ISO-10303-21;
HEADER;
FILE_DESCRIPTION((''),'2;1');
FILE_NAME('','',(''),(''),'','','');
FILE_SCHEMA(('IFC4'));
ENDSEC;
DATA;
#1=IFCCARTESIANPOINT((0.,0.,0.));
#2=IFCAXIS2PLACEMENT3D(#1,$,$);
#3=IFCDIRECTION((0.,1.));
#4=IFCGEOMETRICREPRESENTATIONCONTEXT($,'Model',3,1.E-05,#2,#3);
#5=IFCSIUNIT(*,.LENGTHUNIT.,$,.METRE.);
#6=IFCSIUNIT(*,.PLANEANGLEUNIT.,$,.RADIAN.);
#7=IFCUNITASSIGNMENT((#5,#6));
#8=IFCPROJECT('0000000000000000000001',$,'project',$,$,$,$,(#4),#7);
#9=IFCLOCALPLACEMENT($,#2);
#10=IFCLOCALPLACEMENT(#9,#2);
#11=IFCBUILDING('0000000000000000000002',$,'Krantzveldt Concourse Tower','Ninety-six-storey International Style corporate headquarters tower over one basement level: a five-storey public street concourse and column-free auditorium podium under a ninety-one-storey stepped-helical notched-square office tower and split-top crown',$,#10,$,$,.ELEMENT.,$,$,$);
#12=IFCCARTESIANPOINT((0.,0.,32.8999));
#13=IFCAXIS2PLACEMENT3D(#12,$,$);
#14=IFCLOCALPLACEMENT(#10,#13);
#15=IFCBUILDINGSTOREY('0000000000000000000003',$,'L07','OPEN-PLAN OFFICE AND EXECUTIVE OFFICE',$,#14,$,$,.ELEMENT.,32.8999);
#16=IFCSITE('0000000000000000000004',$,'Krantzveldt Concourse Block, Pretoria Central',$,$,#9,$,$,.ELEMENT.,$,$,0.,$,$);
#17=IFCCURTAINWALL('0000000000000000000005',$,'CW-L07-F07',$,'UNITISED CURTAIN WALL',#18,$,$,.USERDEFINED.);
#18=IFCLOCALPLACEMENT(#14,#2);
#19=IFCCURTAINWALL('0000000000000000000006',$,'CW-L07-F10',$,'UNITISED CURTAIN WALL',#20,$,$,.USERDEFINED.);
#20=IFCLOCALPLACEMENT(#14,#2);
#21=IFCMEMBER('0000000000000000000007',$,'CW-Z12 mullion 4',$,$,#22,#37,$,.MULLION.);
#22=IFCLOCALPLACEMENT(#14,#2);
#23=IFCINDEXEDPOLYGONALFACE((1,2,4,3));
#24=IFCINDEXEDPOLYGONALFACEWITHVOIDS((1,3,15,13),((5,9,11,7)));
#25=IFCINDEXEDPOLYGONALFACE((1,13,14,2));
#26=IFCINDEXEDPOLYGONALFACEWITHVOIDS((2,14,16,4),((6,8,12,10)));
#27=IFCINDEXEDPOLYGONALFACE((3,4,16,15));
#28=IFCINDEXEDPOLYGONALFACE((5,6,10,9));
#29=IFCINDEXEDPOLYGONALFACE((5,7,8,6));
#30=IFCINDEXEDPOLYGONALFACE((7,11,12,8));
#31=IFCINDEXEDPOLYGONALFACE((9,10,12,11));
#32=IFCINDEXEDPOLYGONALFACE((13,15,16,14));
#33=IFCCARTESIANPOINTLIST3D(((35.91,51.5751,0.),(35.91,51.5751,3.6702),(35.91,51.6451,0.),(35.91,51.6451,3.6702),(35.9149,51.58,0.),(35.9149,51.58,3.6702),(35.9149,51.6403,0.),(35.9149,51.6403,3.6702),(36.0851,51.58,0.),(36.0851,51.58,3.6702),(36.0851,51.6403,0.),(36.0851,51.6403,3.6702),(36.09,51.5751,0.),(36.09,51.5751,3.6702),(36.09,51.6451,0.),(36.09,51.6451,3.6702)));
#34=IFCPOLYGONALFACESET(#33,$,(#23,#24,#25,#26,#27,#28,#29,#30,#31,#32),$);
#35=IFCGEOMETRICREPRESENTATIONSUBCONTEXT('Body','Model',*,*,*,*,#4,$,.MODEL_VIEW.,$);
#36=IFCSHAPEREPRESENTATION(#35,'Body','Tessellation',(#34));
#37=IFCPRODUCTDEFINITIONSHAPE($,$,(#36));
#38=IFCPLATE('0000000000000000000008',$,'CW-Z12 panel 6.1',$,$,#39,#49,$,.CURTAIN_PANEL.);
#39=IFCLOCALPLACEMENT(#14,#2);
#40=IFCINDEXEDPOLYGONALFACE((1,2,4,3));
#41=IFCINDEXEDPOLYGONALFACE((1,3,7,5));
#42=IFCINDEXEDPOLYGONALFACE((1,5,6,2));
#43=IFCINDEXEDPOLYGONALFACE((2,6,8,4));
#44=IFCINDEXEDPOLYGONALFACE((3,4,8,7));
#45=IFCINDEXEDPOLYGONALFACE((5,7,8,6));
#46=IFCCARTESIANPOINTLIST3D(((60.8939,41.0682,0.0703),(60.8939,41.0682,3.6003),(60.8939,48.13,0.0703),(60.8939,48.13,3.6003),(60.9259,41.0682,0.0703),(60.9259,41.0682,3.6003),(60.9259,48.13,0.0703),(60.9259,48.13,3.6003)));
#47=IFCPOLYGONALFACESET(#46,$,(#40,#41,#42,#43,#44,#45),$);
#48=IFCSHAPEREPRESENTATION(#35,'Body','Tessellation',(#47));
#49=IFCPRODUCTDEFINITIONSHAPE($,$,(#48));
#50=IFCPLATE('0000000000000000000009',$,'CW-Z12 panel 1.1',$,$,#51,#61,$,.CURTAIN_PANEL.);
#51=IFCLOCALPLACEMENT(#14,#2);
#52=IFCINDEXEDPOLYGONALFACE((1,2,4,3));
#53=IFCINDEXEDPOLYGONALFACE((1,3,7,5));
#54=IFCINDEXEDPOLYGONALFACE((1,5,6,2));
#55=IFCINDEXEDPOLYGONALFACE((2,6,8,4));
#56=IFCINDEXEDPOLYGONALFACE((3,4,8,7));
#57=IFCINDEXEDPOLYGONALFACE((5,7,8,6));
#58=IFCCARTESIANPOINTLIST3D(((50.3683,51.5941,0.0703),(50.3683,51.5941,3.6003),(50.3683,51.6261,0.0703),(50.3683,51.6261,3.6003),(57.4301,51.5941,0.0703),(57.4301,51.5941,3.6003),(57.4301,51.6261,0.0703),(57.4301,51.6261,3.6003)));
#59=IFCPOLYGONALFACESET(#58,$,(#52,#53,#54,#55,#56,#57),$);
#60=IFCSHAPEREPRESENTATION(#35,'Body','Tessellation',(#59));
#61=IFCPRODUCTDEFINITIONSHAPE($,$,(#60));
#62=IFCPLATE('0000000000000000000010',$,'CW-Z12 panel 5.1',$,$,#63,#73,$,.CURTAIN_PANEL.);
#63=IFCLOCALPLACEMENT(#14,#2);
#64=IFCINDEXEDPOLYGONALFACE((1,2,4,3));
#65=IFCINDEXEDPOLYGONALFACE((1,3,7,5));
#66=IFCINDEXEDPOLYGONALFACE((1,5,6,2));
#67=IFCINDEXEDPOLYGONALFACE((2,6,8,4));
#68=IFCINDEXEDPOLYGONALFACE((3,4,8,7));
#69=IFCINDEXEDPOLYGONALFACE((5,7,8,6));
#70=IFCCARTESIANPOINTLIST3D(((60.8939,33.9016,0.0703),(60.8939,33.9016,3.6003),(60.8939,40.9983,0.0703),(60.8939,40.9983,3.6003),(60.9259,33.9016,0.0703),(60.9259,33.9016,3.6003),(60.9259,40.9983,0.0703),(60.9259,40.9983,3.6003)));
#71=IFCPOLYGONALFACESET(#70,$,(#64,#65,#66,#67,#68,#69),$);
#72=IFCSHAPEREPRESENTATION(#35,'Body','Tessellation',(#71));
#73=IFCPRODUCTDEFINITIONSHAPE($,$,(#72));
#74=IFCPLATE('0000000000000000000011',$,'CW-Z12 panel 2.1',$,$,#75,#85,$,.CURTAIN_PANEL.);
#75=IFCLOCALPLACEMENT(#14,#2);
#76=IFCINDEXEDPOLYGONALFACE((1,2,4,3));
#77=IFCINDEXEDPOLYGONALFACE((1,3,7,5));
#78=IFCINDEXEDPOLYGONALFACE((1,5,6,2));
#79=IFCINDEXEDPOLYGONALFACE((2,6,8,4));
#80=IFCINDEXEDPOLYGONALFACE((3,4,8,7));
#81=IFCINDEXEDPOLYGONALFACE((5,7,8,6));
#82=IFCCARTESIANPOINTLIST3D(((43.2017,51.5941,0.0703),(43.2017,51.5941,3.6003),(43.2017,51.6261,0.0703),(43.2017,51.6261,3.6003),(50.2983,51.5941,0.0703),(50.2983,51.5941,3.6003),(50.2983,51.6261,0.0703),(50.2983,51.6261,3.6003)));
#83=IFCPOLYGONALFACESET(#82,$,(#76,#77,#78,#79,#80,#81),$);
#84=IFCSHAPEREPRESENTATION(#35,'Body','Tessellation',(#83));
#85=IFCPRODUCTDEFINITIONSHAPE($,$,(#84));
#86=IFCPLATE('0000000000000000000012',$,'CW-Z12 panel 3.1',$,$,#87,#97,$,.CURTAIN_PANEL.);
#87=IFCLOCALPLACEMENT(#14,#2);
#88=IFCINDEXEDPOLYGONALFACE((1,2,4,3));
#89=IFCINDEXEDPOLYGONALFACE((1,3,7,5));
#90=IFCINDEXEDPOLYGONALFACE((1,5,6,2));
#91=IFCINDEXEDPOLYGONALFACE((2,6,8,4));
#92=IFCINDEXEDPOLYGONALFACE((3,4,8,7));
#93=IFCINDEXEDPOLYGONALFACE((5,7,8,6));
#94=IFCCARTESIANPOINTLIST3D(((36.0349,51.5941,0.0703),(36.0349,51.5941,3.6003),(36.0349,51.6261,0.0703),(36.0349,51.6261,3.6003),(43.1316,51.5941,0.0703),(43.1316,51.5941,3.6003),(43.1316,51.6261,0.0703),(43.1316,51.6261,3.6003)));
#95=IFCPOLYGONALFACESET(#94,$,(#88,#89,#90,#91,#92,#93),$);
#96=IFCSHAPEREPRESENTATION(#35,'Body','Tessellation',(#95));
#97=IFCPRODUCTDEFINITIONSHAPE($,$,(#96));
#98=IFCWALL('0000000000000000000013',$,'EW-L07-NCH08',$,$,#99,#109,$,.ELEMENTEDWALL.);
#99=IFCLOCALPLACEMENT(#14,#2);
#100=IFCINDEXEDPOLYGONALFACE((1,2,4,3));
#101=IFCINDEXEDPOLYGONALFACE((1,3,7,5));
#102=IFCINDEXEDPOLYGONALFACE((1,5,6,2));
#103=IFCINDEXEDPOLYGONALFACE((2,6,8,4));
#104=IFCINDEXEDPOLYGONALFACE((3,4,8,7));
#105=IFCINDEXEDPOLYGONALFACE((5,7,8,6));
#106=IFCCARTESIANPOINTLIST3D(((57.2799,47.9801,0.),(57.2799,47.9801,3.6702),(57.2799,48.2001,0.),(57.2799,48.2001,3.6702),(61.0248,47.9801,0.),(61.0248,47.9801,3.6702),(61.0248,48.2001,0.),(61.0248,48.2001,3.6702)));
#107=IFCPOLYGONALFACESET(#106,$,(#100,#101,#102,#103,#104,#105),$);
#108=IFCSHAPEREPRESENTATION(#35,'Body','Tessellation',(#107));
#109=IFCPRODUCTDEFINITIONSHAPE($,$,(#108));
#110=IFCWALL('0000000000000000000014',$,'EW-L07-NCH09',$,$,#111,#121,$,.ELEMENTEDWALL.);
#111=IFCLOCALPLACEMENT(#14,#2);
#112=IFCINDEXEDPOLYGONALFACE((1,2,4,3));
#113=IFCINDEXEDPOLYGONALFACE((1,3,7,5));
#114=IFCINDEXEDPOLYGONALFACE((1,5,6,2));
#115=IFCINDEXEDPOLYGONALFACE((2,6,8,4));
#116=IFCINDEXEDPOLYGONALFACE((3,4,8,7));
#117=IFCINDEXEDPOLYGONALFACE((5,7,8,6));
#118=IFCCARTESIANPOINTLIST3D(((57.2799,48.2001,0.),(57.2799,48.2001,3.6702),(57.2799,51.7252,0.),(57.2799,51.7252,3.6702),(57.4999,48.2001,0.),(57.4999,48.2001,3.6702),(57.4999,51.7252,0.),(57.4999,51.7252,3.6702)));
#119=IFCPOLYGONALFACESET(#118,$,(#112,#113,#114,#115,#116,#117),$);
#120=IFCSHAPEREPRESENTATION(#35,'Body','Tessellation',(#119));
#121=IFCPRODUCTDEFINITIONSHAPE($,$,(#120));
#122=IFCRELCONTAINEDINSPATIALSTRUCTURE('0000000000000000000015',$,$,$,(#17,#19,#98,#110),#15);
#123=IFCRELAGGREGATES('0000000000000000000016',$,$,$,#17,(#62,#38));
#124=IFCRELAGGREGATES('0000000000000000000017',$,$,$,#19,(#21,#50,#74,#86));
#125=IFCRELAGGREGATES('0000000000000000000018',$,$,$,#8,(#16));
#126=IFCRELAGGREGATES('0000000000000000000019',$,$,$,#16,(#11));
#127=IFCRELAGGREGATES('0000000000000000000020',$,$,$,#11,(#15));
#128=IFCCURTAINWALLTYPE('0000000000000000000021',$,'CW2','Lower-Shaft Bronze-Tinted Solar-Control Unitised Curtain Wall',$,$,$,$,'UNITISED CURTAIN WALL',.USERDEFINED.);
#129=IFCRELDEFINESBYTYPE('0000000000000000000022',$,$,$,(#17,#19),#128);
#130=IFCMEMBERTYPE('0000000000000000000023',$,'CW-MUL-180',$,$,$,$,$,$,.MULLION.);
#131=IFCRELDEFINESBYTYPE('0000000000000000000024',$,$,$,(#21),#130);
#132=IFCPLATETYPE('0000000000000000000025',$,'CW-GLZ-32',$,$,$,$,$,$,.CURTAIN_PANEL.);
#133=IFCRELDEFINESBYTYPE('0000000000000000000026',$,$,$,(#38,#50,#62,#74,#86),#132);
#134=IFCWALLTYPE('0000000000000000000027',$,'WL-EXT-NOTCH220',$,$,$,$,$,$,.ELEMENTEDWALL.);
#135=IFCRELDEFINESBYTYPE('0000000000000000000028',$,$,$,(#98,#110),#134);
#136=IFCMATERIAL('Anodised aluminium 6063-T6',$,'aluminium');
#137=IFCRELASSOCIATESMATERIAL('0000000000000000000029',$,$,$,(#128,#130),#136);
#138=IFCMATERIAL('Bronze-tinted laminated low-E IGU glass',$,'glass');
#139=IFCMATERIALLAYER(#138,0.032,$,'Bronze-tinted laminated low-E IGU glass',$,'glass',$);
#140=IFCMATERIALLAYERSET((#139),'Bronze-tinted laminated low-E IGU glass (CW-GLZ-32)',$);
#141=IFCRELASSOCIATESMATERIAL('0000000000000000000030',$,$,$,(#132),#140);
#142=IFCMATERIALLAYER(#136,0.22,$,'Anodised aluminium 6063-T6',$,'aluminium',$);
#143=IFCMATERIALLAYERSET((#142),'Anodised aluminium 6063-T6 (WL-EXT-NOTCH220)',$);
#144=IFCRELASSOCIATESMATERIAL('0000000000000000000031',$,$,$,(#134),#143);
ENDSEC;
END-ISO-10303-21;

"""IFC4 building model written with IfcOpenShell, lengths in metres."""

from ifc_helpers import new_model, si_unit, direction, frame, frame_2d, origin, origin_2d, place, context, subcontext, project, spatial, rectangle, hollow_rectangle, extrude, source, transform, mapped, material, layer, layer_set, material_profile, profile_set, type_object, type_shapes, element, aggregate, save


model = new_model("IFC4")

# Units and contexts
model_context = context("Model", 3, precision=1e-05, world=origin(), true_north=direction((0.0, 1.0)))
body_context = subcontext(model_context, "Body", "Model", "MODEL_VIEW")
ifc_project = project(units=[si_unit("LENGTHUNIT", "METRE"), si_unit("PLANEANGLEUNIT", "RADIAN")], contexts=[model_context])

# Site, building, storey
site_placement = place(None, origin())
site = spatial("IfcSite", under=ifc_project, at=site_placement, Name="Krantzveldt Concourse Block, Pretoria Central", CompositionType="ELEMENT", RefElevation=0.0)
building_placement = place(site_placement, origin())
building = spatial("IfcBuilding", under=site, at=building_placement, Name="Krantzveldt Concourse Tower", Description="Ninety-six-storey International Style corporate headquarters tower over one basement level: a five-storey public street concourse and column-free auditorium podium under a ninety-one-storey stepped-helical notched-square office tower and split-top crown", CompositionType="ELEMENT")
storey_placement = place(building_placement, frame((0.0, 0.0, 32.8999)))
storey = spatial("IfcBuildingStorey", under=building, at=storey_placement, Name="L07", Description="OPEN-PLAN OFFICE AND EXECUTIVE OFFICE", CompositionType="ELEMENT", Elevation=32.8999)

# Curtain walls
ifc_material_1 = material(Name="Anodised aluminium 6063-T6", Category="aluminium")
curtain_wall_type = type_object("IfcCurtainWallType", Name="CW2", Description="Lower-Shaft Bronze-Tinted Solar-Control Unitised Curtain Wall", ElementType="UNITISED CURTAIN WALL", PredefinedType="USERDEFINED", material=ifc_material_1)
curtain_wall_1_placement = place(storey_placement, origin())
curtain_wall_1 = element("IfcCurtainWall", 1, at=curtain_wall_1_placement, inside=storey, type_object=curtain_wall_type, Name="CW-L07-F07", ObjectType="UNITISED CURTAIN WALL", PredefinedType="USERDEFINED")
curtain_wall_2_placement = place(storey_placement, origin())
curtain_wall_2 = element("IfcCurtainWall", 2, at=curtain_wall_2_placement, inside=storey, type_object=curtain_wall_type, Name="CW-L07-F10", ObjectType="UNITISED CURTAIN WALL", PredefinedType="USERDEFINED")

# Member
ifc_material_profile_1 = material_profile(ifc_material_1, hollow_rectangle(XDim=0.0701, YDim=0.1799, WallThickness=0.0049, at=origin_2d()), Name="Anodised aluminium 6063-T6", Category="aluminium")
ifc_profile_set_1 = profile_set([ifc_material_profile_1], Name="Anodised aluminium 6063-T6 - ALU-MULL 180x70x5")
member_type_1 = type_object("IfcMemberType", Name="CW-MUL-180", PredefinedType="MULLION", material=ifc_profile_set_1)
shared_shape_1 = source(origin(), body_context, "Body", "SweptSolid", [
    extrude(hollow_rectangle(XDim=0.0701, YDim=0.1799, WallThickness=0.0049, at=origin_2d()), origin(), (0.0, 0.0, 1.0), 3.6702),
])
type_shapes(member_type_1, [shared_shape_1])
member_1_placement = place(storey_placement, frame((36.0, 51.6101, 0.0), z_axis=(0.0, 0.0, 1.0), x_axis=(0.0, -1.0, 0.0)))
member_1 = element("IfcMember", 3, at=member_1_placement, type_object=member_type_1, Name="CW-Z12 mullion 4", PredefinedType="MULLION", context=body_context, shape_type="MappedRepresentation", body=[
    mapped(shared_shape_1, transform((0.0, 0.0, 0.0), x_axis=(1.0, 0.0, 0.0), y_axis=(0.0, 1.0, 0.0), z_axis=(0.0, 0.0, 1.0), scale=1.0)),
])

# Plates
ifc_material_2 = material(Name="Bronze-tinted laminated low-E IGU glass", Category="glass")
ifc_layer_1 = layer(ifc_material_2, 0.032, Name="Bronze-tinted laminated low-E IGU glass", Category="glass")
ifc_layer_set_1 = layer_set([ifc_layer_1], Name="Bronze-tinted laminated low-E IGU glass (CW-GLZ-32)")
plate_type = type_object("IfcPlateType", Name="CW-GLZ-32", PredefinedType="CURTAIN_PANEL", material=ifc_layer_set_1)
shared_shape_2 = source(origin(), body_context, "Body", "SweptSolid", [
    extrude(rectangle(XDim=7.0618, YDim=0.032, at=origin_2d()), origin(), (0.0, 0.0, 1.0), 3.53),
])
plate_1_placement = place(storey_placement, frame((60.9099, 44.5991, 0.0703), z_axis=(0.0, 0.0, 1.0), x_axis=(0.0, 1.0, 0.0)))
plate_1 = element("IfcPlate", 4, at=plate_1_placement, type_object=plate_type, Name="CW-Z12 panel 6.1", PredefinedType="CURTAIN_PANEL", context=body_context, shape_type="MappedRepresentation", body=[
    mapped(shared_shape_2, transform((0.0, 0.0, 0.0), x_axis=(1.0, 0.0, 0.0), y_axis=(0.0, 1.0, 0.0), z_axis=(0.0, 0.0, 1.0), scale=1.0)),
])
plate_2_placement = place(storey_placement, frame((53.8992, 51.6101, 0.0703), z_axis=(0.0, 0.0, 1.0), x_axis=(-1.0, 0.0, 0.0)))
plate_2 = element("IfcPlate", 5, at=plate_2_placement, type_object=plate_type, Name="CW-Z12 panel 1.1", PredefinedType="CURTAIN_PANEL", context=body_context, shape_type="MappedRepresentation", body=[
    mapped(shared_shape_2, transform((0.0, 0.0, 0.0), x_axis=(1.0, 0.0, 0.0), y_axis=(0.0, 1.0, 0.0), z_axis=(0.0, 0.0, 1.0), scale=1.0)),
])
shared_shape_3 = source(origin(), body_context, "Body", "SweptSolid", [
    extrude(rectangle(XDim=7.0967, YDim=0.032, at=origin_2d()), origin(), (0.0, 0.0, 1.0), 3.53),
])
type_shapes(plate_type, [shared_shape_2, shared_shape_3])
plate_3_placement = place(storey_placement, frame((60.9099, 37.45, 0.0703), z_axis=(0.0, 0.0, 1.0), x_axis=(0.0, 1.0, 0.0)))
plate_3 = element("IfcPlate", 6, at=plate_3_placement, type_object=plate_type, Name="CW-Z12 panel 5.1", PredefinedType="CURTAIN_PANEL", context=body_context, shape_type="MappedRepresentation", body=[
    mapped(shared_shape_3, transform((0.0, 0.0, 0.0), x_axis=(1.0, 0.0, 0.0), y_axis=(0.0, 1.0, 0.0), z_axis=(0.0, 0.0, 1.0), scale=1.0)),
])
aggregate(curtain_wall_1, [plate_3, plate_1])
plate_4_placement = place(storey_placement, frame((46.75, 51.6101, 0.0703), z_axis=(0.0, 0.0, 1.0), x_axis=(-1.0, 0.0, 0.0)))
plate_4 = element("IfcPlate", 7, at=plate_4_placement, type_object=plate_type, Name="CW-Z12 panel 2.1", PredefinedType="CURTAIN_PANEL", context=body_context, shape_type="MappedRepresentation", body=[
    mapped(shared_shape_3, transform((0.0, 0.0, 0.0), x_axis=(1.0, 0.0, 0.0), y_axis=(0.0, 1.0, 0.0), z_axis=(0.0, 0.0, 1.0), scale=1.0)),
])
plate_5_placement = place(storey_placement, frame((39.5833, 51.6101, 0.0703), z_axis=(0.0, 0.0, 1.0), x_axis=(-1.0, 0.0, 0.0)))
plate_5 = element("IfcPlate", 8, at=plate_5_placement, type_object=plate_type, Name="CW-Z12 panel 3.1", PredefinedType="CURTAIN_PANEL", context=body_context, shape_type="MappedRepresentation", body=[
    mapped(shared_shape_3, transform((0.0, 0.0, 0.0), x_axis=(1.0, 0.0, 0.0), y_axis=(0.0, 1.0, 0.0), z_axis=(0.0, 0.0, 1.0), scale=1.0)),
])
aggregate(curtain_wall_2, [member_1, plate_2, plate_4, plate_5])

# Walls
ifc_layer_2 = layer(ifc_material_1, 0.22, Name="Anodised aluminium 6063-T6", Category="aluminium")
ifc_layer_set_2 = layer_set([ifc_layer_2], Name="Anodised aluminium 6063-T6 (WL-EXT-NOTCH220)")
wall_type = type_object("IfcWallType", Name="WL-EXT-NOTCH220", PredefinedType="ELEMENTEDWALL", material=ifc_layer_set_2)
wall_1_placement = place(storey_placement, frame((61.0249, 48.0901, 0.0), z_axis=(0.0, 0.0, 1.0), x_axis=(-1.0, 0.0, 0.0)))
element("IfcWall", 9, at=wall_1_placement, inside=storey, type_object=wall_type, Name="EW-L07-NCH08", PredefinedType="ELEMENTEDWALL", context=body_context, shape_type="SweptSolid", body=[
    extrude(rectangle(XDim=3.7449, YDim=0.22, at=frame_2d((1.8726, 0.0))), origin(), (0.0, 0.0, 1.0), 3.6702),
])
wall_2_placement = place(storey_placement, frame((57.3899, 48.2, 0.0), z_axis=(0.0, 0.0, 1.0), x_axis=(0.0, 1.0, 0.0)))
element("IfcWall", 10, at=wall_2_placement, inside=storey, type_object=wall_type, Name="EW-L07-NCH09", PredefinedType="ELEMENTEDWALL", context=body_context, shape_type="SweptSolid", body=[
    extrude(rectangle(XDim=3.5251, YDim=0.22, at=frame_2d((1.7627, 0.0))), origin(), (0.0, 0.0, 1.0), 3.6702),
])

save(model, "model.ifc")
